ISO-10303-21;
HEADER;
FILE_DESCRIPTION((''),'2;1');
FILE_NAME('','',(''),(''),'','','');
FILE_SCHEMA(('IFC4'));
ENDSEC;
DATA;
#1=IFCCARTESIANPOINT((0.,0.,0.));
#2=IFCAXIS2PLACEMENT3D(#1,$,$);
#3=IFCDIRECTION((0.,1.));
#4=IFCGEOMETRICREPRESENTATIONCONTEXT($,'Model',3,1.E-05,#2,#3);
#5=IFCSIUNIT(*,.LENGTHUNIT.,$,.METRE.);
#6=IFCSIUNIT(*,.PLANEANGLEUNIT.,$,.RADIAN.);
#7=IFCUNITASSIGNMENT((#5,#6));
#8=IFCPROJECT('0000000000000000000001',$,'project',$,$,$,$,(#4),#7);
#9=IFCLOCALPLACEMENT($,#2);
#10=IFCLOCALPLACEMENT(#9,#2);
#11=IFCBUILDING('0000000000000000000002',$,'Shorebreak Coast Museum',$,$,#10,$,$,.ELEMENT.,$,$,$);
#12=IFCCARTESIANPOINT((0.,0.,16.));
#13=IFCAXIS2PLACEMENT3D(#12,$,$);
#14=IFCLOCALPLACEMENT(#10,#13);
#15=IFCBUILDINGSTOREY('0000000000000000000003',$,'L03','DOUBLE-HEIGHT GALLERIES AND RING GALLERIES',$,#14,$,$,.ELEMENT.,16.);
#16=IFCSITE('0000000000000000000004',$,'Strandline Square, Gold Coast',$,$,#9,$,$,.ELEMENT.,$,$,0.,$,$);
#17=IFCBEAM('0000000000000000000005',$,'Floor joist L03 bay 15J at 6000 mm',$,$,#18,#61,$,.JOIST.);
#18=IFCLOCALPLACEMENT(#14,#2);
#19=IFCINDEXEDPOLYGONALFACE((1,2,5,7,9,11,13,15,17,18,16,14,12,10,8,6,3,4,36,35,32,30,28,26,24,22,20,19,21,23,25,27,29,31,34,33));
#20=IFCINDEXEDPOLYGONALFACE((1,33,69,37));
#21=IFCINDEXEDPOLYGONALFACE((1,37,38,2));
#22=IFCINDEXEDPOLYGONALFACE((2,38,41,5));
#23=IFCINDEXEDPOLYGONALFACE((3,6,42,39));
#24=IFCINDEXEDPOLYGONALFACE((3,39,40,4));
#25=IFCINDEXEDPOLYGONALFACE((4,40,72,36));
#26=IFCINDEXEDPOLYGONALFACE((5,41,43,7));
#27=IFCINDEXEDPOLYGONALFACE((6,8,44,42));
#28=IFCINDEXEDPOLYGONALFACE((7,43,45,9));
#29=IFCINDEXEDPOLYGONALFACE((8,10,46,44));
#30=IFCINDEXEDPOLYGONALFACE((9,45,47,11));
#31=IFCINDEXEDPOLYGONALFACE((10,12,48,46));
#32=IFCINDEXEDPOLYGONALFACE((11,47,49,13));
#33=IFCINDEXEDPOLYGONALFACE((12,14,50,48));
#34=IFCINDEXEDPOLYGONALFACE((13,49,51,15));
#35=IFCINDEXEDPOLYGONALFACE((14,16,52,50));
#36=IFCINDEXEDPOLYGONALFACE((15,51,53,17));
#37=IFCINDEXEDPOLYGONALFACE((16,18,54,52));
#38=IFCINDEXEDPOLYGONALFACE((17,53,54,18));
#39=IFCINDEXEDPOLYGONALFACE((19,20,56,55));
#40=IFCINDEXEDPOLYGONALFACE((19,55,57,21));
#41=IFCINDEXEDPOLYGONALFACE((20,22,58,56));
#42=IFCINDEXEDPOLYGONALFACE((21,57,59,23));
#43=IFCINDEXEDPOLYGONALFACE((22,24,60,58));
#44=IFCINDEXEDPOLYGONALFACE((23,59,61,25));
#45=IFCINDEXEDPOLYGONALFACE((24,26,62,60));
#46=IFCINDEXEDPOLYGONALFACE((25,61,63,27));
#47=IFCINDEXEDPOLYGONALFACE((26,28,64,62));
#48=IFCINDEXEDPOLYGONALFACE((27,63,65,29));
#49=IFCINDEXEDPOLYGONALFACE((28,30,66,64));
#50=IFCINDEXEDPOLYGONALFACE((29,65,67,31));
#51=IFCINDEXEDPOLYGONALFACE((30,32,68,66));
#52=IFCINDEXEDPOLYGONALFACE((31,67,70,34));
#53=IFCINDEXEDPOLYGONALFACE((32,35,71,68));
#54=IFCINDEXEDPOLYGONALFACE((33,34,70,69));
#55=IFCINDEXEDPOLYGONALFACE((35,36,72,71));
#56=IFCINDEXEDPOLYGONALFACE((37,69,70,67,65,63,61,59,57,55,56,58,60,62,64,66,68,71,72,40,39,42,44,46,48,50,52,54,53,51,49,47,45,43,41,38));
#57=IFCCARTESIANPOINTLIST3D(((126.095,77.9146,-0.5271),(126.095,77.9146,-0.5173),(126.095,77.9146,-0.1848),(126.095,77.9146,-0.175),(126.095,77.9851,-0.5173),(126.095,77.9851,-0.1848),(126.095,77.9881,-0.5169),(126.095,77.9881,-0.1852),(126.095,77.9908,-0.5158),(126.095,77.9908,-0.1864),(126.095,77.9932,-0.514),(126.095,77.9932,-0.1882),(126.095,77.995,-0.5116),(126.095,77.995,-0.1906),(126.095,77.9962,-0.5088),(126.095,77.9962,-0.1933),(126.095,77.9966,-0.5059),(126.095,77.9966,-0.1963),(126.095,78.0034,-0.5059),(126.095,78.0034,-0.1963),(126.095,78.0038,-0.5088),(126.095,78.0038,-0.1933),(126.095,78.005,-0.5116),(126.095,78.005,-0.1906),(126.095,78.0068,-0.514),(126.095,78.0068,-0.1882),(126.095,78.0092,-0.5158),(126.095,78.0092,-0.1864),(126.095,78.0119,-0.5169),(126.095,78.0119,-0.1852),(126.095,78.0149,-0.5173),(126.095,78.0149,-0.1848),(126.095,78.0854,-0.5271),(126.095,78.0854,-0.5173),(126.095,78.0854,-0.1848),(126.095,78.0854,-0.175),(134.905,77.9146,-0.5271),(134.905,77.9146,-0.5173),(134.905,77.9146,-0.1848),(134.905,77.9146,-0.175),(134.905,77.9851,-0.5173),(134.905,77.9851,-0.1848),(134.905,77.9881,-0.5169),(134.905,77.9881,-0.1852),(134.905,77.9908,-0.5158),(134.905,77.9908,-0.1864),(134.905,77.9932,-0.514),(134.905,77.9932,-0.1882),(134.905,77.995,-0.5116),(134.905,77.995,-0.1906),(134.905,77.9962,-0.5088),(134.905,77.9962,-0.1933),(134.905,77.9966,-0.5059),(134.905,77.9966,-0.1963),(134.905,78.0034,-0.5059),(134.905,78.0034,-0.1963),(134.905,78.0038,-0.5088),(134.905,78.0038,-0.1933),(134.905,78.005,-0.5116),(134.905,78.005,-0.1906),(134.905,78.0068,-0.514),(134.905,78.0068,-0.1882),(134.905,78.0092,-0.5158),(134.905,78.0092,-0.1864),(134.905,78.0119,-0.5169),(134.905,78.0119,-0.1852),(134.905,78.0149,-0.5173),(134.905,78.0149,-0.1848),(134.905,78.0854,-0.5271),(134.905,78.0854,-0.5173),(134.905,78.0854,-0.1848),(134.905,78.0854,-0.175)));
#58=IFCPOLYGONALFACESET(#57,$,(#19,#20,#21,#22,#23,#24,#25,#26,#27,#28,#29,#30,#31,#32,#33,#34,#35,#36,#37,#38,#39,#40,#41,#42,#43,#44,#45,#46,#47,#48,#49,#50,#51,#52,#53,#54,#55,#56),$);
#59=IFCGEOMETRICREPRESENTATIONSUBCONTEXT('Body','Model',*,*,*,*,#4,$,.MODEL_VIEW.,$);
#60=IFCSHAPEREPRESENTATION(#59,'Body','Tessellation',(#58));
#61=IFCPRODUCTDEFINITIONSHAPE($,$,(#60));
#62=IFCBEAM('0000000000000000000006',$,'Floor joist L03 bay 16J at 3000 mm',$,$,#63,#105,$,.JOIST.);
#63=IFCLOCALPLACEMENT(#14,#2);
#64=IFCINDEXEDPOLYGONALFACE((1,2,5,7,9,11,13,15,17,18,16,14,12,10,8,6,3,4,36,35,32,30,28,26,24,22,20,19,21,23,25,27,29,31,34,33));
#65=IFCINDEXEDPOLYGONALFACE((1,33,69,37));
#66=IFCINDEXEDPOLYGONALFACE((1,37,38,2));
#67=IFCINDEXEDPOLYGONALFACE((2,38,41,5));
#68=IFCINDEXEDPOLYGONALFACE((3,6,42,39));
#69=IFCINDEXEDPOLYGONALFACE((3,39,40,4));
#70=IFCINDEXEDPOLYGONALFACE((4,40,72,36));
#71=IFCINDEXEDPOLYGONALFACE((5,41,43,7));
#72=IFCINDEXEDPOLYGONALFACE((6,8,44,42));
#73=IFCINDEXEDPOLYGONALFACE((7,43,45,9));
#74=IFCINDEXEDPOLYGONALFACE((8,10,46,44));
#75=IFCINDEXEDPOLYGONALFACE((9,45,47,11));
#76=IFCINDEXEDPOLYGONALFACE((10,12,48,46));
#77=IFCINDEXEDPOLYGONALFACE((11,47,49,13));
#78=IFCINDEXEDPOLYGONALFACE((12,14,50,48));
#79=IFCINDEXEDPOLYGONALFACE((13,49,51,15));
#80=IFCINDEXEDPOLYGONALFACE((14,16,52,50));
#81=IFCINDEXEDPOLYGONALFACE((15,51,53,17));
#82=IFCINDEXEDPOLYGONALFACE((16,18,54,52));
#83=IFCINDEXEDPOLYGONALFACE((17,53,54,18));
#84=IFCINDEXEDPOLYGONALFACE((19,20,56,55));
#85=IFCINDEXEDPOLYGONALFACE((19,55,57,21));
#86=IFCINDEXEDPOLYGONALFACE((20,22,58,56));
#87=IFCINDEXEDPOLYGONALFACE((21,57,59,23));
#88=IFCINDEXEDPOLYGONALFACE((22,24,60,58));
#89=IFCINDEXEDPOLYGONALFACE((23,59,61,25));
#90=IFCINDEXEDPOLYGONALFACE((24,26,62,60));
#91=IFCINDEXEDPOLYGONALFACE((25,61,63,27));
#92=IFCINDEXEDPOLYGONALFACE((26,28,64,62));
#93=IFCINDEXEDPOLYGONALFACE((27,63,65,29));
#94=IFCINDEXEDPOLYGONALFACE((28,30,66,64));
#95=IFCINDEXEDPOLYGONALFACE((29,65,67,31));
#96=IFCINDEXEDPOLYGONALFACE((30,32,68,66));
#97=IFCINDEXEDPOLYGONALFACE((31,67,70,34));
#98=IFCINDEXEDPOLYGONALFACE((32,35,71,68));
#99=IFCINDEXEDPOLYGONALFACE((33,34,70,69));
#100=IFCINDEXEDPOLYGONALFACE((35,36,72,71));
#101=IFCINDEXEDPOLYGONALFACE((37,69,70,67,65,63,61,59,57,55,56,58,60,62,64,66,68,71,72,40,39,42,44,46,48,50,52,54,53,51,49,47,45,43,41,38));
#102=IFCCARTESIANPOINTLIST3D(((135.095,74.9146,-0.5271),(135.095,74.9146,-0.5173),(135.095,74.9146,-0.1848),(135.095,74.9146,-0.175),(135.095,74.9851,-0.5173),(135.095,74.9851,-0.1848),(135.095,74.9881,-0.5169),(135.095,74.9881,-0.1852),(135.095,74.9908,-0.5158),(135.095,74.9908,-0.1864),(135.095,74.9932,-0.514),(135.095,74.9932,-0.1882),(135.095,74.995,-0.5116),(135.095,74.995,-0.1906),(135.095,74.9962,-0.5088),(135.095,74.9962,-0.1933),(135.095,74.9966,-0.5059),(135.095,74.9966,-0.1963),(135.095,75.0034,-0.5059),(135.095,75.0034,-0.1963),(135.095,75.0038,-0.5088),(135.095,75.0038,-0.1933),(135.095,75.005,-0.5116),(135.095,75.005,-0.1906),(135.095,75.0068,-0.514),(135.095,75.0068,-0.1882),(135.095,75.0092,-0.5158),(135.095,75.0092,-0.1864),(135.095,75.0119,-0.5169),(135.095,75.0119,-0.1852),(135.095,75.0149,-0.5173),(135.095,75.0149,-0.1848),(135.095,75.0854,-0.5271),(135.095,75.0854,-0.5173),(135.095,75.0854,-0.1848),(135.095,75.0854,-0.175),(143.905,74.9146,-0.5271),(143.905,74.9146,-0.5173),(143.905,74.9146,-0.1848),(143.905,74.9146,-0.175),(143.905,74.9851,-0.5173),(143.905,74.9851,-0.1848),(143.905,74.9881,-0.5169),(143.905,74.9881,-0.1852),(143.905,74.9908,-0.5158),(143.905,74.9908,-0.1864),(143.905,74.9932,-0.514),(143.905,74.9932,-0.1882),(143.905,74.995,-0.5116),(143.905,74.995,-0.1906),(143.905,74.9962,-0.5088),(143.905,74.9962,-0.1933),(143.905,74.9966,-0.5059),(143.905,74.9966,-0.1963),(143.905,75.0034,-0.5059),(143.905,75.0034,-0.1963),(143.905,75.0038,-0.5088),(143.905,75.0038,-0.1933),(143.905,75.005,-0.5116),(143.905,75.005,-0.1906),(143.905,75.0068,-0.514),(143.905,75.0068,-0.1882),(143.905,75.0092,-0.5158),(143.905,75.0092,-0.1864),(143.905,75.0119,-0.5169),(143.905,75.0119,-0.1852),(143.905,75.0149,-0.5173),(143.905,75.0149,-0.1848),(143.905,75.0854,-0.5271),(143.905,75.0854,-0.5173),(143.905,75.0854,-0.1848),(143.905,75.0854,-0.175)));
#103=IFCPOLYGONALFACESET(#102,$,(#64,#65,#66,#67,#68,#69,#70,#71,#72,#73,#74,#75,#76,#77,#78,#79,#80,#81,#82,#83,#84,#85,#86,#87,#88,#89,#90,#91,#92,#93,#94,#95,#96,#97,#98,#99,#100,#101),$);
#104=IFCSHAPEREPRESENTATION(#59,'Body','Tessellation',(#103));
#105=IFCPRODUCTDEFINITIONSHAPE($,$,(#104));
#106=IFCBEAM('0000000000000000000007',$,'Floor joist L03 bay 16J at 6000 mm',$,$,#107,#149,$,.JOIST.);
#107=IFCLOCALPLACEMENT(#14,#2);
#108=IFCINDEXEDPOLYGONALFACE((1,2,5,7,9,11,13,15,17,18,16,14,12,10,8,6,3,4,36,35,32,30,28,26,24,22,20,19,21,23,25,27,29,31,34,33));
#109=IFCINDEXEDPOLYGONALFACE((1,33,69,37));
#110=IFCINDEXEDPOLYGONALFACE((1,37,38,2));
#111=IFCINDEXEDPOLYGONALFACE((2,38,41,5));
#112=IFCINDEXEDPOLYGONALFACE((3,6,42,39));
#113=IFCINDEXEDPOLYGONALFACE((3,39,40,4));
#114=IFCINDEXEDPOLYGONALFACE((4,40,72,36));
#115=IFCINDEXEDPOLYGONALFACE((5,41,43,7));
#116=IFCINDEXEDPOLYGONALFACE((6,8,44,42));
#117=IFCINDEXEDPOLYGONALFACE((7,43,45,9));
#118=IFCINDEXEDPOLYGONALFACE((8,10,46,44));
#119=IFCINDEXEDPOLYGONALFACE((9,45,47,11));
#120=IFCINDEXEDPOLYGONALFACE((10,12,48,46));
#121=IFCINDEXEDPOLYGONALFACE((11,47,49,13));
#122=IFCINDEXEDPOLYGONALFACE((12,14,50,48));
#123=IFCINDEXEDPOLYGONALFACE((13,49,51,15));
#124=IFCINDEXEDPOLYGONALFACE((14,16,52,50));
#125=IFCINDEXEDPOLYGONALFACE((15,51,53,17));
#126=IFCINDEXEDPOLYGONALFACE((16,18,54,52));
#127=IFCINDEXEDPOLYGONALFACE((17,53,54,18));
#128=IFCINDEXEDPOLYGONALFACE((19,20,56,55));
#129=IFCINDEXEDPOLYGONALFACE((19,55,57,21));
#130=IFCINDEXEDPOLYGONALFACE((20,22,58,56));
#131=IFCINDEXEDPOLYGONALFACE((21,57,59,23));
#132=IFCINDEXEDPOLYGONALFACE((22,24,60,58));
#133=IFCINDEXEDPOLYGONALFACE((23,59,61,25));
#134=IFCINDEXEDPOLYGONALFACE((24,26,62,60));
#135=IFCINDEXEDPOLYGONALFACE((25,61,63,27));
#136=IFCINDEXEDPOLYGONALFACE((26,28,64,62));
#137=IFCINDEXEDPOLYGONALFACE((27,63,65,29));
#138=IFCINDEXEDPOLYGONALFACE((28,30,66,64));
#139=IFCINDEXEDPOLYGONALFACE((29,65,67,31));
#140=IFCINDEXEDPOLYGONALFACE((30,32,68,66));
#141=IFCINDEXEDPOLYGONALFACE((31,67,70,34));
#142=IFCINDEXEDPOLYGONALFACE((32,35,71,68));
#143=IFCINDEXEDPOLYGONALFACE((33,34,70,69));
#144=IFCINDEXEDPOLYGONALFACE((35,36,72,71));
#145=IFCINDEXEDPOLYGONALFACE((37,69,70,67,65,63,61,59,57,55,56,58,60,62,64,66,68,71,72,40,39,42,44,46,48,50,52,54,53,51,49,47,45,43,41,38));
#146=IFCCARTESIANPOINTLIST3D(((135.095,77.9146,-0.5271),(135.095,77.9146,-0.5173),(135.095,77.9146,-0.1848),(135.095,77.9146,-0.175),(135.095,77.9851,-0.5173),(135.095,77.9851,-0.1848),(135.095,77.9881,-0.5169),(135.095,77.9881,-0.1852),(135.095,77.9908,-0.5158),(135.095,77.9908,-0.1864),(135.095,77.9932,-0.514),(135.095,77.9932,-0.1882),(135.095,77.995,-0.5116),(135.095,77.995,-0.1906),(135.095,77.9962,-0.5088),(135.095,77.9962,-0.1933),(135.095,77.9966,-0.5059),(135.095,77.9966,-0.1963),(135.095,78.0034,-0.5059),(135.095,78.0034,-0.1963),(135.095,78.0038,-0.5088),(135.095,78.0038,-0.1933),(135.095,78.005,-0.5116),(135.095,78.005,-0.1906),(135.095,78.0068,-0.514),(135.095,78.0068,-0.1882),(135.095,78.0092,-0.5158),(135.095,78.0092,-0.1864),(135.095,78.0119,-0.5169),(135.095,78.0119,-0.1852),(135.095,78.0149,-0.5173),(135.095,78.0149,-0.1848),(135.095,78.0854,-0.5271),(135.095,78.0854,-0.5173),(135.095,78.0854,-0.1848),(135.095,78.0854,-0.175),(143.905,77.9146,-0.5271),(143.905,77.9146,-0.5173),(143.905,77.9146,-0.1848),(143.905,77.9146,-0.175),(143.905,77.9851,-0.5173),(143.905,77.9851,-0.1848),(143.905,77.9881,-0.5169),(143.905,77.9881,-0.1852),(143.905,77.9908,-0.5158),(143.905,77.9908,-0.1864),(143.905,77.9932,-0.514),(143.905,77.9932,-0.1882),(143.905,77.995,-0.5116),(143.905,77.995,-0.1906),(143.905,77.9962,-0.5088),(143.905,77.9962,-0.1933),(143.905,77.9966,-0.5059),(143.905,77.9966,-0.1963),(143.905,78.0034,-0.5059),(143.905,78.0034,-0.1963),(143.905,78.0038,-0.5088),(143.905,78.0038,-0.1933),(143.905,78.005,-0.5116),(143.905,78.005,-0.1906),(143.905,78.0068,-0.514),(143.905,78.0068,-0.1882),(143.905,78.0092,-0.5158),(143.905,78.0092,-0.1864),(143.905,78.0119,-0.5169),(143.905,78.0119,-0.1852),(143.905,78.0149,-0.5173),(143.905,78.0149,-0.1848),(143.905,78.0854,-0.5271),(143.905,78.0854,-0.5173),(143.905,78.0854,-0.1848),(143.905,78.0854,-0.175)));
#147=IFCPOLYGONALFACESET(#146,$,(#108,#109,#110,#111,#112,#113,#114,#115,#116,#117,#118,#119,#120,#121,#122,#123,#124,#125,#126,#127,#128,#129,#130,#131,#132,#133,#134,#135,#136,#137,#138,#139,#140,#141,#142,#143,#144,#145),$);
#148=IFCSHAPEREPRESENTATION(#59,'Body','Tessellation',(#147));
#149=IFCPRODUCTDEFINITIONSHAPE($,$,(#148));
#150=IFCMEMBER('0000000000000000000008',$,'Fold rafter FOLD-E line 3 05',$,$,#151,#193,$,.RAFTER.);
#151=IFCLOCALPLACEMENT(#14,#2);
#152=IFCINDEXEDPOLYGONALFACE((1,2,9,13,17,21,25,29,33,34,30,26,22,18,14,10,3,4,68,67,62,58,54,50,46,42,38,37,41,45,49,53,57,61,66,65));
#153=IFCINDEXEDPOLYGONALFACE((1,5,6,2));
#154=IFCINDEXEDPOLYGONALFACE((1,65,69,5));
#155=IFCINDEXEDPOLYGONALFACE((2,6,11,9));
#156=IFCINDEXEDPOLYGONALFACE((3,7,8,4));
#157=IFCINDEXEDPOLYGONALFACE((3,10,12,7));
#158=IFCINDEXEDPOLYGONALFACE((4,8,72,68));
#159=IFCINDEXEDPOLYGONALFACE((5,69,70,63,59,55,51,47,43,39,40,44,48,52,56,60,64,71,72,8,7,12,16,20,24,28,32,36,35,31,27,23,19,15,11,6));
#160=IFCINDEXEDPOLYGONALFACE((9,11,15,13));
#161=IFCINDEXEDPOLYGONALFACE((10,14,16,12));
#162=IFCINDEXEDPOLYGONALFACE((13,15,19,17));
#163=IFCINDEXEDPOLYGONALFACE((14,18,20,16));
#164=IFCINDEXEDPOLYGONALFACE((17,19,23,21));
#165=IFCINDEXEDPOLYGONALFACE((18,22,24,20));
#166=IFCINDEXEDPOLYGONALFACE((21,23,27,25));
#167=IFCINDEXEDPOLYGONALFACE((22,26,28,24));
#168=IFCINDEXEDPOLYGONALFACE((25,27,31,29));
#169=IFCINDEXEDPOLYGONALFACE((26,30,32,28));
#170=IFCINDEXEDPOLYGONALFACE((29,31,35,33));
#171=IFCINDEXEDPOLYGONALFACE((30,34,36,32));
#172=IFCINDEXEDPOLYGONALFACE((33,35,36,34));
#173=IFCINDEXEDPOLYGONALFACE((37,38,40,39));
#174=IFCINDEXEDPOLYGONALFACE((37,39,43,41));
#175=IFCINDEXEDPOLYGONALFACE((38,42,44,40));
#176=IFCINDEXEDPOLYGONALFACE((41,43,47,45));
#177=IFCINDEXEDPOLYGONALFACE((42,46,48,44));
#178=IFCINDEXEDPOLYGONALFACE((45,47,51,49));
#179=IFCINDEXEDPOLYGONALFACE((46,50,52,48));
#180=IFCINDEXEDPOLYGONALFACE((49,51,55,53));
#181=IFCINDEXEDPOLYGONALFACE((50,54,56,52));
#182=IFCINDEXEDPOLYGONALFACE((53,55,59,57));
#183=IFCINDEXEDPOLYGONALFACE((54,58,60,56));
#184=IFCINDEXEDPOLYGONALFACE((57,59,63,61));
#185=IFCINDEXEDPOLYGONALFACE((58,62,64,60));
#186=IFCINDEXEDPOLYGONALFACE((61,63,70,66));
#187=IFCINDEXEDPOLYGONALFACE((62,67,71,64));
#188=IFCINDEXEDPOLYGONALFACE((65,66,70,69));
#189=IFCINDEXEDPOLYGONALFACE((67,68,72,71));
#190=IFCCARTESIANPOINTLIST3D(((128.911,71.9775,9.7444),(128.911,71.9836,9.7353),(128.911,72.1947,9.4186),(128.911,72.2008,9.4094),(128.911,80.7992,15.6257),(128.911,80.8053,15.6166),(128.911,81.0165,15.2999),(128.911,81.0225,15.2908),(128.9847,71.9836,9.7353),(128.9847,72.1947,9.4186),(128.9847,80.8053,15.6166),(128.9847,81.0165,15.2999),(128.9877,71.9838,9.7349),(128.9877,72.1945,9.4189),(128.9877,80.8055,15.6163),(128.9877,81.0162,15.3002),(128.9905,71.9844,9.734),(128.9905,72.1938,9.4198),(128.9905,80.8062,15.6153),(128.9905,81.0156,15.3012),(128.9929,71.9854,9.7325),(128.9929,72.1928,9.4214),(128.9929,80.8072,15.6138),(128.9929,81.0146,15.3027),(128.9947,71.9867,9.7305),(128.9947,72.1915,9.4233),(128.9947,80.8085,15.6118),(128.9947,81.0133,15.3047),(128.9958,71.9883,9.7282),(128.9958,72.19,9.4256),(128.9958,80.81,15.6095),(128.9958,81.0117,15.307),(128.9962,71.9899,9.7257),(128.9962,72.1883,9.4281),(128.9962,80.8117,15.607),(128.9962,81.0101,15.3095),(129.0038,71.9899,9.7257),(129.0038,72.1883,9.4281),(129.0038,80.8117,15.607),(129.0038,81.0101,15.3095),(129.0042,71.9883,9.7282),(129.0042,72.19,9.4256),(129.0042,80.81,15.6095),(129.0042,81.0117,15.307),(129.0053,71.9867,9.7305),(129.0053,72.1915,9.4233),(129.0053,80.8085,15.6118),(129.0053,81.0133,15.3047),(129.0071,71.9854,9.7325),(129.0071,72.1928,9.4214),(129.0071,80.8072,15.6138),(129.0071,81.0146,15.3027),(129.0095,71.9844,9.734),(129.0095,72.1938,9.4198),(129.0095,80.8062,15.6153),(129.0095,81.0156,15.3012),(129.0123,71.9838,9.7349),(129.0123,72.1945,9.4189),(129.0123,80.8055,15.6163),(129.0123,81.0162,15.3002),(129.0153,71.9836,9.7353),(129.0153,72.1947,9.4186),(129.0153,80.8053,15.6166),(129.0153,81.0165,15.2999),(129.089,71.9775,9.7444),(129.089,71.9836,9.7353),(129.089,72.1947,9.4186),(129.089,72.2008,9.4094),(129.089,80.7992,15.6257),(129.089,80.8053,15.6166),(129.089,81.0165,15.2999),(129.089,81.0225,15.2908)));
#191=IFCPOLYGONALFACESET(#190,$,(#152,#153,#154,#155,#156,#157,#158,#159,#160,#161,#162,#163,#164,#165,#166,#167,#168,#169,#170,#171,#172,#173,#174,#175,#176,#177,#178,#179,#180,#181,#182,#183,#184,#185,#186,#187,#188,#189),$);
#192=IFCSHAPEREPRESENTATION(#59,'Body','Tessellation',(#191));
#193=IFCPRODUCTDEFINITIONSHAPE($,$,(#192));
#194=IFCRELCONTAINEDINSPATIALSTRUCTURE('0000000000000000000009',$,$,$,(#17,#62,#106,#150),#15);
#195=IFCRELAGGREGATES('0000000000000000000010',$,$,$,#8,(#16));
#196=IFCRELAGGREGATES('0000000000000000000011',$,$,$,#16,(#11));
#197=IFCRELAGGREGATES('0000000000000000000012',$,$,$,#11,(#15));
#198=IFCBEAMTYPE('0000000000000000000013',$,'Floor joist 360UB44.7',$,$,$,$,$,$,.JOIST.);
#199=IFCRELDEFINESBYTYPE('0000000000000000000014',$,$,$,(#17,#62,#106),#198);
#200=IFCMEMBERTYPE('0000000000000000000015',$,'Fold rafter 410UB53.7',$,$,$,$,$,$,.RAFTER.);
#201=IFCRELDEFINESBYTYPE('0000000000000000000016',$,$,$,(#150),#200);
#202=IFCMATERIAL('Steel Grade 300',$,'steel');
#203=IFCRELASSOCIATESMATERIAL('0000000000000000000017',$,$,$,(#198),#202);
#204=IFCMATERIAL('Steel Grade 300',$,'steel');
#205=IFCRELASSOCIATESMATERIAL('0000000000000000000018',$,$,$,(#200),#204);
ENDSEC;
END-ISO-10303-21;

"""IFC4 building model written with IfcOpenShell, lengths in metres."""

from ifc_helpers import new_model, si_unit, direction, frame, origin, origin_2d, place, context, subcontext, project, spatial, i_section, extrude, material, material_profile, profile_set, type_object, element, save


model = new_model("IFC4")

# Units and contexts
model_context = context("Model", 3, precision=1e-05, world=origin(), true_north=direction((0.0, 1.0)))
body_context = subcontext(model_context, "Body", "Model", "MODEL_VIEW")
ifc_project = project(units=[si_unit("LENGTHUNIT", "METRE"), si_unit("PLANEANGLEUNIT", "RADIAN")], contexts=[model_context])

# Site, building, storey
site_placement = place(None, origin())
site = spatial("IfcSite", under=ifc_project, at=site_placement, Name="Strandline Square, Gold Coast", CompositionType="ELEMENT", RefElevation=0.0)
building_placement = place(site_placement, origin())
building = spatial("IfcBuilding", under=site, at=building_placement, Name="Shorebreak Coast Museum", CompositionType="ELEMENT")
storey_placement = place(building_placement, frame((0.0, 0.0, 16.0)))
storey = spatial("IfcBuildingStorey", under=building, at=storey_placement, Name="L03", Description="DOUBLE-HEIGHT GALLERIES AND RING GALLERIES", CompositionType="ELEMENT", Elevation=16.0)

# Beams
ifc_material_1 = material(Name="Steel Grade 300", Category="steel")
ifc_material_profile_1 = material_profile(ifc_material_1, i_section(OverallWidth=0.1709, OverallDepth=0.3521, WebThickness=0.0068, FlangeThickness=0.0098, FilletRadius=0.0115, at=origin_2d()), Name="360UB44.7")
ifc_profile_set_1 = profile_set([ifc_material_profile_1], Name="Steel Grade 300")
beam_type_1 = type_object("IfcBeamType", Name="Floor joist 360UB44.7", PredefinedType="JOIST", material=ifc_profile_set_1)
for number, where, z_axis, x_axis, name in (
    (1, (126.095, 78.0, -0.3511), (1.0, 0.0, 0.0), (0.0, 1.0, 0.0), "Floor joist L03 bay 15J at 6000 mm"),
    (2, (135.095, 75.0, -0.3511), (1.0, 0.0, 0.0), (0.0, 1.0, 0.0), "Floor joist L03 bay 16J at 3000 mm"),
    (3, (135.095, 78.0, -0.3511), (1.0, 0.0, 0.0), (0.0, 1.0, 0.0), "Floor joist L03 bay 16J at 6000 mm"),
):
    element("IfcBeam", number, at=place(storey_placement, frame(where, z_axis=z_axis, x_axis=x_axis)), inside=storey, type_object=beam_type_1, Name=name, PredefinedType="JOIST", context=body_context, shape_type="SweptSolid", body=[
        extrude(i_section(OverallWidth=0.1709, OverallDepth=0.3521, WebThickness=0.0068, FlangeThickness=0.0098, FilletRadius=0.0115, at=origin_2d()), origin(), (0.0, 0.0, 1.0), 8.8101),
    ])

# Member
ifc_material_2 = material(Name="Steel Grade 300", Category="steel")
ifc_material_profile_2 = material_profile(ifc_material_2, i_section(OverallWidth=0.178, OverallDepth=0.4026, WebThickness=0.0076, FlangeThickness=0.011, FilletRadius=0.0115, at=origin_2d()), Name="410UB53.7")
ifc_profile_set_2 = profile_set([ifc_material_profile_2], Name="Steel Grade 300")
member_type_1 = type_object("IfcMemberType", Name="Fold rafter 410UB53.7", PredefinedType="RAFTER", material=ifc_profile_set_2)
for number, where, z_axis, x_axis, name in (
    (4, (129.0, 80.9109, 15.4583), (0.0, -0.832043, -0.554711), (1.0, 0.0, 0.0), "Fold rafter FOLD-E line 3 05"),
):
    element("IfcMember", number, at=place(storey_placement, frame(where, z_axis=z_axis, x_axis=x_axis)), inside=storey, type_object=member_type_1, Name=name, PredefinedType="RAFTER", context=body_context, shape_type="SweptSolid", body=[
        extrude(i_section(OverallWidth=0.178, OverallDepth=0.4026, WebThickness=0.0076, FlangeThickness=0.011, FilletRadius=0.0115, at=origin_2d()), origin(), (0.0, 0.0, 1.0), 10.6025),
    ])

save(model, "model.ifc")
